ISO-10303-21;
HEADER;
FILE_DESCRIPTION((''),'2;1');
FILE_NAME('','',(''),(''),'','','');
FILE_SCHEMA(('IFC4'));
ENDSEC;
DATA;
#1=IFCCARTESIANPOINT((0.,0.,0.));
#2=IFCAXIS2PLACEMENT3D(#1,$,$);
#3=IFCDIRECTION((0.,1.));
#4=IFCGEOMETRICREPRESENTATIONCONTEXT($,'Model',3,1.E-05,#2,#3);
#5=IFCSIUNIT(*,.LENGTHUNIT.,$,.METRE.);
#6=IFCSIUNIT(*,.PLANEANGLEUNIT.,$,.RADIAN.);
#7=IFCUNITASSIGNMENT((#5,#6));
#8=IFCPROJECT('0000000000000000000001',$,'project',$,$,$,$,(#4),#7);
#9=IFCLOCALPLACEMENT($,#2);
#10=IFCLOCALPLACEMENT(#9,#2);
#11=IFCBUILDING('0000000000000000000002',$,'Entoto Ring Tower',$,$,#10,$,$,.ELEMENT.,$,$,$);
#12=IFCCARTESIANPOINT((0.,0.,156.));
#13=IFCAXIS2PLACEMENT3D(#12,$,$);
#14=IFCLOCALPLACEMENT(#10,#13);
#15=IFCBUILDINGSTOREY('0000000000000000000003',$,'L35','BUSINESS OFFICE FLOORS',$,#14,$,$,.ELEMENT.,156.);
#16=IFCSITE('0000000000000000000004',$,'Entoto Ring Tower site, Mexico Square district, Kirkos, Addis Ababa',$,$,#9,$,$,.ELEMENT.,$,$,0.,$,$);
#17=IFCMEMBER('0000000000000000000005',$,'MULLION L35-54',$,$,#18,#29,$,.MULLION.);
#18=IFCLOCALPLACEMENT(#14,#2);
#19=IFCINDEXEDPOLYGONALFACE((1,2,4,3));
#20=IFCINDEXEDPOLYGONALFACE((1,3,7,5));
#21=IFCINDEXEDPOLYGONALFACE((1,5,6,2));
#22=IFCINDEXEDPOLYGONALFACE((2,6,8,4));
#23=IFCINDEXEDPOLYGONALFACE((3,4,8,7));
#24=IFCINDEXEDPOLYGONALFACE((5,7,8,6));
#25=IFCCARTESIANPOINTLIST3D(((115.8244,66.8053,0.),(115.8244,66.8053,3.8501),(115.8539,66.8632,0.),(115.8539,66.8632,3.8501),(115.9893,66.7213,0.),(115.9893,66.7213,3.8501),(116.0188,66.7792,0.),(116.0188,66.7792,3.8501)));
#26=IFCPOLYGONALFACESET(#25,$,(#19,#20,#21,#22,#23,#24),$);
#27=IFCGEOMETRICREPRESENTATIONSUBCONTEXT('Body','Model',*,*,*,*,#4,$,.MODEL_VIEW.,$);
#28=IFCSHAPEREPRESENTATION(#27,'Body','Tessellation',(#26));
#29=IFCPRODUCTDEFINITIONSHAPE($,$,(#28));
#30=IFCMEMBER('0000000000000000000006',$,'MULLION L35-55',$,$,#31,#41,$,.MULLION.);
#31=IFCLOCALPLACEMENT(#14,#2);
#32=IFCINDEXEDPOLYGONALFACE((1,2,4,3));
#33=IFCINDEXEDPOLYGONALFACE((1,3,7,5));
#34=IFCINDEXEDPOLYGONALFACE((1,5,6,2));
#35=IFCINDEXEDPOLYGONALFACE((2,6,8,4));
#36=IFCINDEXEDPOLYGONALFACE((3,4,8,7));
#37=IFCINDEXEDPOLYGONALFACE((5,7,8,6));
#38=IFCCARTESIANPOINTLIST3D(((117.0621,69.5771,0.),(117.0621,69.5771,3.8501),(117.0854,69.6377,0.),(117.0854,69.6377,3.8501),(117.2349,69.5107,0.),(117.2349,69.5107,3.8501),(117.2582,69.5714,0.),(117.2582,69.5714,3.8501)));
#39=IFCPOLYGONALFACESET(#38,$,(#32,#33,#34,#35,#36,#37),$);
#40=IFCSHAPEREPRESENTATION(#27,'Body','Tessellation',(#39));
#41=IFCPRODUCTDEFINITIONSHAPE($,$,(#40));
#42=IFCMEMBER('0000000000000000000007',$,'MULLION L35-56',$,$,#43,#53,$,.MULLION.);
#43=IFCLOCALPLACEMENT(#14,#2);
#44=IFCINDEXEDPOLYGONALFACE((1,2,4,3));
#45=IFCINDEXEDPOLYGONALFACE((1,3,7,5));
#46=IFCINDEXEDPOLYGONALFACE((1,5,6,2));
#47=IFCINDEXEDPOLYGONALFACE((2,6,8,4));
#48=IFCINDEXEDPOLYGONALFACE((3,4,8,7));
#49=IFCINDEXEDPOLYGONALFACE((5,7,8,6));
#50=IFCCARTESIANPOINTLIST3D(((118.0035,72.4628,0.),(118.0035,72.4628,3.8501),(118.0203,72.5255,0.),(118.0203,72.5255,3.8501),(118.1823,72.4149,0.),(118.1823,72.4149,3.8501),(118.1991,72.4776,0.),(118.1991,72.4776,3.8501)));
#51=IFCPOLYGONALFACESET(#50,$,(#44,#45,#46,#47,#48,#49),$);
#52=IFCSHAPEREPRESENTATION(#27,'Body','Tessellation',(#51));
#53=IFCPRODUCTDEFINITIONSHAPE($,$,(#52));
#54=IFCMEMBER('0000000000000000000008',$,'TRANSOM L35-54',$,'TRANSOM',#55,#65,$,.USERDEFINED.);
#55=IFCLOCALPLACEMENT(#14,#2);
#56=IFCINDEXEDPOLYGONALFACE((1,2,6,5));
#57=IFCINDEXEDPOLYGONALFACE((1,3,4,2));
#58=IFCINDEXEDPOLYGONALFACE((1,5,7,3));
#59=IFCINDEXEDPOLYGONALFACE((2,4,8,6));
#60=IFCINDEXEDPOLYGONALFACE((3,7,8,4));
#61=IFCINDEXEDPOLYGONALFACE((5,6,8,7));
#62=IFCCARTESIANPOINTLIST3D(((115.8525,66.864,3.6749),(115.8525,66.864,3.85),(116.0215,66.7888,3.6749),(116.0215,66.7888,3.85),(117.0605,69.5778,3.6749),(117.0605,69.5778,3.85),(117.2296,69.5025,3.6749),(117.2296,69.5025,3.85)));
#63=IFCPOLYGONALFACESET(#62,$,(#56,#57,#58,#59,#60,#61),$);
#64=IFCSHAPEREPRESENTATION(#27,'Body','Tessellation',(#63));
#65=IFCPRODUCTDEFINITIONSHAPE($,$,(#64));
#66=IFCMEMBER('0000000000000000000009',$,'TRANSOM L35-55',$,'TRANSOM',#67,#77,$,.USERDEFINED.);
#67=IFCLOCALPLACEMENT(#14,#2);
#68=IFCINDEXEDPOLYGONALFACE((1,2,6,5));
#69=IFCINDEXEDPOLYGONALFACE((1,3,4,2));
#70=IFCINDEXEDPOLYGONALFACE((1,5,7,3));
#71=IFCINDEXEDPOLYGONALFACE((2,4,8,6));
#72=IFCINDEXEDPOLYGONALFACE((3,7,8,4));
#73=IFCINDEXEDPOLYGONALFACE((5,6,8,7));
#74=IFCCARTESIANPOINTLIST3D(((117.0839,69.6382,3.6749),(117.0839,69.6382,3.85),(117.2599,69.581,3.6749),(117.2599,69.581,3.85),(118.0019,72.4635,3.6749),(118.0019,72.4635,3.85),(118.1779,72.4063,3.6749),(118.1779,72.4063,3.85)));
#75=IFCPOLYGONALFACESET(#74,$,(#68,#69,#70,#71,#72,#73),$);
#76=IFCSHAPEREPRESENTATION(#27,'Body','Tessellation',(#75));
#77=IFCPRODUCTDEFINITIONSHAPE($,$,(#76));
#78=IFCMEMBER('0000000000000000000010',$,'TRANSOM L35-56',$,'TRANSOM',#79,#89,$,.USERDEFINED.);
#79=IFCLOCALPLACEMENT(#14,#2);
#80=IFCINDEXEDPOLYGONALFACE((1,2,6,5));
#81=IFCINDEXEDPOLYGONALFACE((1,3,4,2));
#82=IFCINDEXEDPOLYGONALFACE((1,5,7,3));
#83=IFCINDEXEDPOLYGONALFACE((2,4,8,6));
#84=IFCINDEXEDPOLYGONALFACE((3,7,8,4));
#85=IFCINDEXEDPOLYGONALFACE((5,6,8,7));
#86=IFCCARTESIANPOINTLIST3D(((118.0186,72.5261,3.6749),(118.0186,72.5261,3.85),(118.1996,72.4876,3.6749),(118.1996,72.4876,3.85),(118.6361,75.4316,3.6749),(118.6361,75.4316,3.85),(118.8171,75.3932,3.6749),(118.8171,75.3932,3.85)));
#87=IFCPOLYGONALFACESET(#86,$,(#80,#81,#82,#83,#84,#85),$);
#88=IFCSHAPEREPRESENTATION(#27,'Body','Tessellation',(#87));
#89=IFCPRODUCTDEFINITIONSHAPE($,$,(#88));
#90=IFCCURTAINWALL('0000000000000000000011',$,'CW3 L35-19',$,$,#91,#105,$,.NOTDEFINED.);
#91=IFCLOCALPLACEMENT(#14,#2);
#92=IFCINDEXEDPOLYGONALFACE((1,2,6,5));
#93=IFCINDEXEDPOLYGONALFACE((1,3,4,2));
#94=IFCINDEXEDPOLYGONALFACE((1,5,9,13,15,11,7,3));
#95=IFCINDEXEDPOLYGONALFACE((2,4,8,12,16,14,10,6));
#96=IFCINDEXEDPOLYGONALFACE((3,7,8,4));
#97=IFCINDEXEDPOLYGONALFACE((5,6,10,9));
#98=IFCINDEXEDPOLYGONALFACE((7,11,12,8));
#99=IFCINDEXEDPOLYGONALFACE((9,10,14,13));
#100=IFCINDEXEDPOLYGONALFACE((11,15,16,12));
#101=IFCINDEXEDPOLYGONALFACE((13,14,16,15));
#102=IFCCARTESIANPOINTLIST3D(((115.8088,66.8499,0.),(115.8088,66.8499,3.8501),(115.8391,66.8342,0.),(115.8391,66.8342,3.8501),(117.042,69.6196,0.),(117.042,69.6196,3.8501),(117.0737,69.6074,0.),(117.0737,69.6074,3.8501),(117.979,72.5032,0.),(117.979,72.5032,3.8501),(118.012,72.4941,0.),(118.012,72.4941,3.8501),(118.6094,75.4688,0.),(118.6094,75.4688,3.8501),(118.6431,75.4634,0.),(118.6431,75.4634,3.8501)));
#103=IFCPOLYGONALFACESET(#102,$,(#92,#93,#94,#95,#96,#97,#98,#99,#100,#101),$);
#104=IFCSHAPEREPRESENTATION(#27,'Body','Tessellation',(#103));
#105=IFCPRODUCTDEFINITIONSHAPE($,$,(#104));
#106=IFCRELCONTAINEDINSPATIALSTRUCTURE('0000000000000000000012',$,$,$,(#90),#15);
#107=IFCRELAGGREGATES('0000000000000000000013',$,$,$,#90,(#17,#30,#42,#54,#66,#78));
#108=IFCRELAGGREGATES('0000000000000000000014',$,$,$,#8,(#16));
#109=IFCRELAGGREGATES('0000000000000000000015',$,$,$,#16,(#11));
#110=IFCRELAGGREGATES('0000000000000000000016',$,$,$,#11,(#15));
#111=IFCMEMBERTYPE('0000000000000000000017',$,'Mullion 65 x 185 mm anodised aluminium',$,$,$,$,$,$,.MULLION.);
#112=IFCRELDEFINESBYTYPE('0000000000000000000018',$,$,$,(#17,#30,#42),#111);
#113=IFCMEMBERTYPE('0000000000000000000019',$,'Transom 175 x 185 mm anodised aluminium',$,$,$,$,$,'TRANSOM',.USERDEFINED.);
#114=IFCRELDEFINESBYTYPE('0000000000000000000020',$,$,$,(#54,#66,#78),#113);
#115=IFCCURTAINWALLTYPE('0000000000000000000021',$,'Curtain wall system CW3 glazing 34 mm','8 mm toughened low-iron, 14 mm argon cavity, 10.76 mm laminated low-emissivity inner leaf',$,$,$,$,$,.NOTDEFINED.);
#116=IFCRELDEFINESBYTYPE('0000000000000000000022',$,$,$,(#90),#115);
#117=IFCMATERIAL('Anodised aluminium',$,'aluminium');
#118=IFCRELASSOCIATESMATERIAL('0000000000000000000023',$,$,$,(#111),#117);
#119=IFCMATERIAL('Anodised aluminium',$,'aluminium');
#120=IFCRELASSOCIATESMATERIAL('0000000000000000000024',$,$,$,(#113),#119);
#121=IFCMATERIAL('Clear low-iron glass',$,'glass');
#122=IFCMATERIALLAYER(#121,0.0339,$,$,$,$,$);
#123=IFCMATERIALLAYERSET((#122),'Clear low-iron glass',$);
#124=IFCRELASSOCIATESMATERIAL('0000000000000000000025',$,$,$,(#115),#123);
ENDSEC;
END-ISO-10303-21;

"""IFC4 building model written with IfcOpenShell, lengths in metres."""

from ifc_helpers import new_model, si_unit, direction, frame, origin, origin_2d, place, context, subcontext, project, spatial, polyline, rectangle, outline, extrude, material, layer, layer_set, material_profile, profile_set, type_object, element, aggregate, save


model = new_model("IFC4")

# Units and contexts
model_context = context("Model", 3, precision=1e-05, world=origin(), true_north=direction((0.0, 1.0)))
body_context = subcontext(model_context, "Body", "Model", "MODEL_VIEW")
ifc_project = project(units=[si_unit("LENGTHUNIT", "METRE"), si_unit("PLANEANGLEUNIT", "RADIAN")], contexts=[model_context])

# Members
ifc_material_1 = material(Name="Anodised aluminium", Category="aluminium")
ifc_material_profile_1 = material_profile(ifc_material_1, rectangle(XDim=0.0649, YDim=0.1851, at=origin_2d()), Name="Mullion 65 x 185 mm anodised aluminium")
ifc_profile_set_1 = profile_set([ifc_material_profile_1], Name="Anodised aluminium")
member_type_1 = type_object("IfcMemberType", Name="Mullion 65 x 185 mm anodised aluminium", PredefinedType="MULLION", material=ifc_profile_set_1)
site_placement = place(None, origin())
building_placement = place(site_placement, origin())
storey_placement = place(building_placement, frame((0.0, 0.0, 156.0)))
member_1_placement = place(storey_placement, frame((115.9216, 66.7922, 0.0), z_axis=(0.0, 0.0, 1.0), x_axis=(0.45399, 0.891007, 0.0)))
member_1 = element("IfcMember", 1, at=member_1_placement, type_object=member_type_1, Name="MULLION L35-54", PredefinedType="MULLION", context=body_context, shape_type="SweptSolid", body=[
    extrude(rectangle(XDim=0.0649, YDim=0.1851, at=origin_2d()), origin(), (0.0, 0.0, 1.0), 3.8501),
])
member_2_placement = place(storey_placement, frame((117.1602, 69.5742, 0.0), z_axis=(0.0, 0.0, 1.0), x_axis=(0.358368, 0.93358, 0.0)))
member_2 = element("IfcMember", 2, at=member_2_placement, type_object=member_type_1, Name="MULLION L35-55", PredefinedType="MULLION", context=body_context, shape_type="SweptSolid", body=[
    extrude(rectangle(XDim=0.0649, YDim=0.1851, at=origin_2d()), origin(), (0.0, 0.0, 1.0), 3.8501),
])
member_3_placement = place(storey_placement, frame((118.1013, 72.4702, 0.0), z_axis=(0.0, 0.0, 1.0), x_axis=(0.258819, 0.965926, 0.0)))
member_3 = element("IfcMember", 3, at=member_3_placement, type_object=member_type_1, Name="MULLION L35-56", PredefinedType="MULLION", context=body_context, shape_type="SweptSolid", body=[
    extrude(rectangle(XDim=0.0649, YDim=0.1851, at=origin_2d()), origin(), (0.0, 0.0, 1.0), 3.8501),
])
ifc_material_2 = material(Name="Anodised aluminium", Category="aluminium")
ifc_material_profile_2 = material_profile(ifc_material_2, rectangle(XDim=0.1851, YDim=0.175, at=origin_2d()), Name="Transom 175 x 185 mm anodised aluminium")
ifc_profile_set_2 = profile_set([ifc_material_profile_2], Name="Anodised aluminium")
member_type_2 = type_object("IfcMemberType", Name="Transom 175 x 185 mm anodised aluminium", ElementType="TRANSOM", PredefinedType="USERDEFINED", material=ifc_profile_set_2)
member_4_placement = place(storey_placement, frame((115.937, 66.8264, 3.7625), z_axis=(0.406687, 0.913567, 0.0), x_axis=(-0.913567, 0.406687, 0.0)))
member_4 = element("IfcMember", 4, at=member_4_placement, type_object=member_type_2, Name="TRANSOM L35-54", ObjectType="TRANSOM", PredefinedType="USERDEFINED", context=body_context, shape_type="SweptSolid", body=[
    extrude(rectangle(XDim=0.1851, YDim=0.175, at=origin_2d()), origin(), (0.0, 0.0, 1.0), 2.9705),
])
member_5_placement = place(storey_placement, frame((117.1719, 69.6096, 3.7625), z_axis=(0.309019, 0.951056, 0.0), x_axis=(-0.951056, 0.309019, 0.0)))
member_5 = element("IfcMember", 5, at=member_5_placement, type_object=member_type_2, Name="TRANSOM L35-55", ObjectType="TRANSOM", PredefinedType="USERDEFINED", context=body_context, shape_type="SweptSolid", body=[
    extrude(rectangle(XDim=0.1851, YDim=0.175, at=origin_2d()), origin(), (0.0, 0.0, 1.0), 2.9707),
])
member_6_placement = place(storey_placement, frame((118.1091, 72.5068, 3.7625), z_axis=(0.207862, 0.978158, 0.0), x_axis=(-0.978158, 0.207862, 0.0)))
member_6 = element("IfcMember", 6, at=member_6_placement, type_object=member_type_2, Name="TRANSOM L35-56", ObjectType="TRANSOM", PredefinedType="USERDEFINED", context=body_context, shape_type="SweptSolid", body=[
    extrude(rectangle(XDim=0.1851, YDim=0.175, at=origin_2d()), origin(), (0.0, 0.0, 1.0), 2.9705),
])

# Site, building, storey
site = spatial("IfcSite", under=ifc_project, at=site_placement, Name="Entoto Ring Tower site, Mexico Square district, Kirkos, Addis Ababa", CompositionType="ELEMENT", RefElevation=0.0)
building = spatial("IfcBuilding", under=site, at=building_placement, Name="Entoto Ring Tower", CompositionType="ELEMENT")
storey = spatial("IfcBuildingStorey", under=building, at=storey_placement, Name="L35", Description="BUSINESS OFFICE FLOORS", CompositionType="ELEMENT", Elevation=156.0)

# Curtain wall
ifc_material_3 = material(Name="Clear low-iron glass", Category="glass")
ifc_layer_1 = layer(ifc_material_3, 0.0339)
ifc_layer_set_1 = layer_set([ifc_layer_1], Name="Clear low-iron glass")
curtain_wall_type = type_object("IfcCurtainWallType", Name="Curtain wall system CW3 glazing 34 mm", Description="8 mm toughened low-iron, 14 mm argon cavity, 10.76 mm laminated low-emissivity inner leaf", PredefinedType="NOTDEFINED", material=ifc_layer_set_1)
curtain_wall_1_placement = place(storey_placement, origin())
curtain_wall_1 = element("IfcCurtainWall", 7, at=curtain_wall_1_placement, inside=storey, type_object=curtain_wall_type, Name="CW3 L35-19", PredefinedType="NOTDEFINED", context=body_context, shape_type="SweptSolid", body=[
    extrude(outline(polyline([(115.8391, 66.8342), (117.0737, 69.6074), (118.012, 72.4941), (118.6431, 75.4634), (118.6094, 75.4688), (117.979, 72.5032), (117.042, 69.6196), (115.8088, 66.8499), (115.8391, 66.8342)])), origin(), (0.0, 0.0, 1.0), 3.8501),
])
aggregate(curtain_wall_1, [member_1, member_2, member_3, member_4, member_5, member_6])

save(model, "model.ifc")
